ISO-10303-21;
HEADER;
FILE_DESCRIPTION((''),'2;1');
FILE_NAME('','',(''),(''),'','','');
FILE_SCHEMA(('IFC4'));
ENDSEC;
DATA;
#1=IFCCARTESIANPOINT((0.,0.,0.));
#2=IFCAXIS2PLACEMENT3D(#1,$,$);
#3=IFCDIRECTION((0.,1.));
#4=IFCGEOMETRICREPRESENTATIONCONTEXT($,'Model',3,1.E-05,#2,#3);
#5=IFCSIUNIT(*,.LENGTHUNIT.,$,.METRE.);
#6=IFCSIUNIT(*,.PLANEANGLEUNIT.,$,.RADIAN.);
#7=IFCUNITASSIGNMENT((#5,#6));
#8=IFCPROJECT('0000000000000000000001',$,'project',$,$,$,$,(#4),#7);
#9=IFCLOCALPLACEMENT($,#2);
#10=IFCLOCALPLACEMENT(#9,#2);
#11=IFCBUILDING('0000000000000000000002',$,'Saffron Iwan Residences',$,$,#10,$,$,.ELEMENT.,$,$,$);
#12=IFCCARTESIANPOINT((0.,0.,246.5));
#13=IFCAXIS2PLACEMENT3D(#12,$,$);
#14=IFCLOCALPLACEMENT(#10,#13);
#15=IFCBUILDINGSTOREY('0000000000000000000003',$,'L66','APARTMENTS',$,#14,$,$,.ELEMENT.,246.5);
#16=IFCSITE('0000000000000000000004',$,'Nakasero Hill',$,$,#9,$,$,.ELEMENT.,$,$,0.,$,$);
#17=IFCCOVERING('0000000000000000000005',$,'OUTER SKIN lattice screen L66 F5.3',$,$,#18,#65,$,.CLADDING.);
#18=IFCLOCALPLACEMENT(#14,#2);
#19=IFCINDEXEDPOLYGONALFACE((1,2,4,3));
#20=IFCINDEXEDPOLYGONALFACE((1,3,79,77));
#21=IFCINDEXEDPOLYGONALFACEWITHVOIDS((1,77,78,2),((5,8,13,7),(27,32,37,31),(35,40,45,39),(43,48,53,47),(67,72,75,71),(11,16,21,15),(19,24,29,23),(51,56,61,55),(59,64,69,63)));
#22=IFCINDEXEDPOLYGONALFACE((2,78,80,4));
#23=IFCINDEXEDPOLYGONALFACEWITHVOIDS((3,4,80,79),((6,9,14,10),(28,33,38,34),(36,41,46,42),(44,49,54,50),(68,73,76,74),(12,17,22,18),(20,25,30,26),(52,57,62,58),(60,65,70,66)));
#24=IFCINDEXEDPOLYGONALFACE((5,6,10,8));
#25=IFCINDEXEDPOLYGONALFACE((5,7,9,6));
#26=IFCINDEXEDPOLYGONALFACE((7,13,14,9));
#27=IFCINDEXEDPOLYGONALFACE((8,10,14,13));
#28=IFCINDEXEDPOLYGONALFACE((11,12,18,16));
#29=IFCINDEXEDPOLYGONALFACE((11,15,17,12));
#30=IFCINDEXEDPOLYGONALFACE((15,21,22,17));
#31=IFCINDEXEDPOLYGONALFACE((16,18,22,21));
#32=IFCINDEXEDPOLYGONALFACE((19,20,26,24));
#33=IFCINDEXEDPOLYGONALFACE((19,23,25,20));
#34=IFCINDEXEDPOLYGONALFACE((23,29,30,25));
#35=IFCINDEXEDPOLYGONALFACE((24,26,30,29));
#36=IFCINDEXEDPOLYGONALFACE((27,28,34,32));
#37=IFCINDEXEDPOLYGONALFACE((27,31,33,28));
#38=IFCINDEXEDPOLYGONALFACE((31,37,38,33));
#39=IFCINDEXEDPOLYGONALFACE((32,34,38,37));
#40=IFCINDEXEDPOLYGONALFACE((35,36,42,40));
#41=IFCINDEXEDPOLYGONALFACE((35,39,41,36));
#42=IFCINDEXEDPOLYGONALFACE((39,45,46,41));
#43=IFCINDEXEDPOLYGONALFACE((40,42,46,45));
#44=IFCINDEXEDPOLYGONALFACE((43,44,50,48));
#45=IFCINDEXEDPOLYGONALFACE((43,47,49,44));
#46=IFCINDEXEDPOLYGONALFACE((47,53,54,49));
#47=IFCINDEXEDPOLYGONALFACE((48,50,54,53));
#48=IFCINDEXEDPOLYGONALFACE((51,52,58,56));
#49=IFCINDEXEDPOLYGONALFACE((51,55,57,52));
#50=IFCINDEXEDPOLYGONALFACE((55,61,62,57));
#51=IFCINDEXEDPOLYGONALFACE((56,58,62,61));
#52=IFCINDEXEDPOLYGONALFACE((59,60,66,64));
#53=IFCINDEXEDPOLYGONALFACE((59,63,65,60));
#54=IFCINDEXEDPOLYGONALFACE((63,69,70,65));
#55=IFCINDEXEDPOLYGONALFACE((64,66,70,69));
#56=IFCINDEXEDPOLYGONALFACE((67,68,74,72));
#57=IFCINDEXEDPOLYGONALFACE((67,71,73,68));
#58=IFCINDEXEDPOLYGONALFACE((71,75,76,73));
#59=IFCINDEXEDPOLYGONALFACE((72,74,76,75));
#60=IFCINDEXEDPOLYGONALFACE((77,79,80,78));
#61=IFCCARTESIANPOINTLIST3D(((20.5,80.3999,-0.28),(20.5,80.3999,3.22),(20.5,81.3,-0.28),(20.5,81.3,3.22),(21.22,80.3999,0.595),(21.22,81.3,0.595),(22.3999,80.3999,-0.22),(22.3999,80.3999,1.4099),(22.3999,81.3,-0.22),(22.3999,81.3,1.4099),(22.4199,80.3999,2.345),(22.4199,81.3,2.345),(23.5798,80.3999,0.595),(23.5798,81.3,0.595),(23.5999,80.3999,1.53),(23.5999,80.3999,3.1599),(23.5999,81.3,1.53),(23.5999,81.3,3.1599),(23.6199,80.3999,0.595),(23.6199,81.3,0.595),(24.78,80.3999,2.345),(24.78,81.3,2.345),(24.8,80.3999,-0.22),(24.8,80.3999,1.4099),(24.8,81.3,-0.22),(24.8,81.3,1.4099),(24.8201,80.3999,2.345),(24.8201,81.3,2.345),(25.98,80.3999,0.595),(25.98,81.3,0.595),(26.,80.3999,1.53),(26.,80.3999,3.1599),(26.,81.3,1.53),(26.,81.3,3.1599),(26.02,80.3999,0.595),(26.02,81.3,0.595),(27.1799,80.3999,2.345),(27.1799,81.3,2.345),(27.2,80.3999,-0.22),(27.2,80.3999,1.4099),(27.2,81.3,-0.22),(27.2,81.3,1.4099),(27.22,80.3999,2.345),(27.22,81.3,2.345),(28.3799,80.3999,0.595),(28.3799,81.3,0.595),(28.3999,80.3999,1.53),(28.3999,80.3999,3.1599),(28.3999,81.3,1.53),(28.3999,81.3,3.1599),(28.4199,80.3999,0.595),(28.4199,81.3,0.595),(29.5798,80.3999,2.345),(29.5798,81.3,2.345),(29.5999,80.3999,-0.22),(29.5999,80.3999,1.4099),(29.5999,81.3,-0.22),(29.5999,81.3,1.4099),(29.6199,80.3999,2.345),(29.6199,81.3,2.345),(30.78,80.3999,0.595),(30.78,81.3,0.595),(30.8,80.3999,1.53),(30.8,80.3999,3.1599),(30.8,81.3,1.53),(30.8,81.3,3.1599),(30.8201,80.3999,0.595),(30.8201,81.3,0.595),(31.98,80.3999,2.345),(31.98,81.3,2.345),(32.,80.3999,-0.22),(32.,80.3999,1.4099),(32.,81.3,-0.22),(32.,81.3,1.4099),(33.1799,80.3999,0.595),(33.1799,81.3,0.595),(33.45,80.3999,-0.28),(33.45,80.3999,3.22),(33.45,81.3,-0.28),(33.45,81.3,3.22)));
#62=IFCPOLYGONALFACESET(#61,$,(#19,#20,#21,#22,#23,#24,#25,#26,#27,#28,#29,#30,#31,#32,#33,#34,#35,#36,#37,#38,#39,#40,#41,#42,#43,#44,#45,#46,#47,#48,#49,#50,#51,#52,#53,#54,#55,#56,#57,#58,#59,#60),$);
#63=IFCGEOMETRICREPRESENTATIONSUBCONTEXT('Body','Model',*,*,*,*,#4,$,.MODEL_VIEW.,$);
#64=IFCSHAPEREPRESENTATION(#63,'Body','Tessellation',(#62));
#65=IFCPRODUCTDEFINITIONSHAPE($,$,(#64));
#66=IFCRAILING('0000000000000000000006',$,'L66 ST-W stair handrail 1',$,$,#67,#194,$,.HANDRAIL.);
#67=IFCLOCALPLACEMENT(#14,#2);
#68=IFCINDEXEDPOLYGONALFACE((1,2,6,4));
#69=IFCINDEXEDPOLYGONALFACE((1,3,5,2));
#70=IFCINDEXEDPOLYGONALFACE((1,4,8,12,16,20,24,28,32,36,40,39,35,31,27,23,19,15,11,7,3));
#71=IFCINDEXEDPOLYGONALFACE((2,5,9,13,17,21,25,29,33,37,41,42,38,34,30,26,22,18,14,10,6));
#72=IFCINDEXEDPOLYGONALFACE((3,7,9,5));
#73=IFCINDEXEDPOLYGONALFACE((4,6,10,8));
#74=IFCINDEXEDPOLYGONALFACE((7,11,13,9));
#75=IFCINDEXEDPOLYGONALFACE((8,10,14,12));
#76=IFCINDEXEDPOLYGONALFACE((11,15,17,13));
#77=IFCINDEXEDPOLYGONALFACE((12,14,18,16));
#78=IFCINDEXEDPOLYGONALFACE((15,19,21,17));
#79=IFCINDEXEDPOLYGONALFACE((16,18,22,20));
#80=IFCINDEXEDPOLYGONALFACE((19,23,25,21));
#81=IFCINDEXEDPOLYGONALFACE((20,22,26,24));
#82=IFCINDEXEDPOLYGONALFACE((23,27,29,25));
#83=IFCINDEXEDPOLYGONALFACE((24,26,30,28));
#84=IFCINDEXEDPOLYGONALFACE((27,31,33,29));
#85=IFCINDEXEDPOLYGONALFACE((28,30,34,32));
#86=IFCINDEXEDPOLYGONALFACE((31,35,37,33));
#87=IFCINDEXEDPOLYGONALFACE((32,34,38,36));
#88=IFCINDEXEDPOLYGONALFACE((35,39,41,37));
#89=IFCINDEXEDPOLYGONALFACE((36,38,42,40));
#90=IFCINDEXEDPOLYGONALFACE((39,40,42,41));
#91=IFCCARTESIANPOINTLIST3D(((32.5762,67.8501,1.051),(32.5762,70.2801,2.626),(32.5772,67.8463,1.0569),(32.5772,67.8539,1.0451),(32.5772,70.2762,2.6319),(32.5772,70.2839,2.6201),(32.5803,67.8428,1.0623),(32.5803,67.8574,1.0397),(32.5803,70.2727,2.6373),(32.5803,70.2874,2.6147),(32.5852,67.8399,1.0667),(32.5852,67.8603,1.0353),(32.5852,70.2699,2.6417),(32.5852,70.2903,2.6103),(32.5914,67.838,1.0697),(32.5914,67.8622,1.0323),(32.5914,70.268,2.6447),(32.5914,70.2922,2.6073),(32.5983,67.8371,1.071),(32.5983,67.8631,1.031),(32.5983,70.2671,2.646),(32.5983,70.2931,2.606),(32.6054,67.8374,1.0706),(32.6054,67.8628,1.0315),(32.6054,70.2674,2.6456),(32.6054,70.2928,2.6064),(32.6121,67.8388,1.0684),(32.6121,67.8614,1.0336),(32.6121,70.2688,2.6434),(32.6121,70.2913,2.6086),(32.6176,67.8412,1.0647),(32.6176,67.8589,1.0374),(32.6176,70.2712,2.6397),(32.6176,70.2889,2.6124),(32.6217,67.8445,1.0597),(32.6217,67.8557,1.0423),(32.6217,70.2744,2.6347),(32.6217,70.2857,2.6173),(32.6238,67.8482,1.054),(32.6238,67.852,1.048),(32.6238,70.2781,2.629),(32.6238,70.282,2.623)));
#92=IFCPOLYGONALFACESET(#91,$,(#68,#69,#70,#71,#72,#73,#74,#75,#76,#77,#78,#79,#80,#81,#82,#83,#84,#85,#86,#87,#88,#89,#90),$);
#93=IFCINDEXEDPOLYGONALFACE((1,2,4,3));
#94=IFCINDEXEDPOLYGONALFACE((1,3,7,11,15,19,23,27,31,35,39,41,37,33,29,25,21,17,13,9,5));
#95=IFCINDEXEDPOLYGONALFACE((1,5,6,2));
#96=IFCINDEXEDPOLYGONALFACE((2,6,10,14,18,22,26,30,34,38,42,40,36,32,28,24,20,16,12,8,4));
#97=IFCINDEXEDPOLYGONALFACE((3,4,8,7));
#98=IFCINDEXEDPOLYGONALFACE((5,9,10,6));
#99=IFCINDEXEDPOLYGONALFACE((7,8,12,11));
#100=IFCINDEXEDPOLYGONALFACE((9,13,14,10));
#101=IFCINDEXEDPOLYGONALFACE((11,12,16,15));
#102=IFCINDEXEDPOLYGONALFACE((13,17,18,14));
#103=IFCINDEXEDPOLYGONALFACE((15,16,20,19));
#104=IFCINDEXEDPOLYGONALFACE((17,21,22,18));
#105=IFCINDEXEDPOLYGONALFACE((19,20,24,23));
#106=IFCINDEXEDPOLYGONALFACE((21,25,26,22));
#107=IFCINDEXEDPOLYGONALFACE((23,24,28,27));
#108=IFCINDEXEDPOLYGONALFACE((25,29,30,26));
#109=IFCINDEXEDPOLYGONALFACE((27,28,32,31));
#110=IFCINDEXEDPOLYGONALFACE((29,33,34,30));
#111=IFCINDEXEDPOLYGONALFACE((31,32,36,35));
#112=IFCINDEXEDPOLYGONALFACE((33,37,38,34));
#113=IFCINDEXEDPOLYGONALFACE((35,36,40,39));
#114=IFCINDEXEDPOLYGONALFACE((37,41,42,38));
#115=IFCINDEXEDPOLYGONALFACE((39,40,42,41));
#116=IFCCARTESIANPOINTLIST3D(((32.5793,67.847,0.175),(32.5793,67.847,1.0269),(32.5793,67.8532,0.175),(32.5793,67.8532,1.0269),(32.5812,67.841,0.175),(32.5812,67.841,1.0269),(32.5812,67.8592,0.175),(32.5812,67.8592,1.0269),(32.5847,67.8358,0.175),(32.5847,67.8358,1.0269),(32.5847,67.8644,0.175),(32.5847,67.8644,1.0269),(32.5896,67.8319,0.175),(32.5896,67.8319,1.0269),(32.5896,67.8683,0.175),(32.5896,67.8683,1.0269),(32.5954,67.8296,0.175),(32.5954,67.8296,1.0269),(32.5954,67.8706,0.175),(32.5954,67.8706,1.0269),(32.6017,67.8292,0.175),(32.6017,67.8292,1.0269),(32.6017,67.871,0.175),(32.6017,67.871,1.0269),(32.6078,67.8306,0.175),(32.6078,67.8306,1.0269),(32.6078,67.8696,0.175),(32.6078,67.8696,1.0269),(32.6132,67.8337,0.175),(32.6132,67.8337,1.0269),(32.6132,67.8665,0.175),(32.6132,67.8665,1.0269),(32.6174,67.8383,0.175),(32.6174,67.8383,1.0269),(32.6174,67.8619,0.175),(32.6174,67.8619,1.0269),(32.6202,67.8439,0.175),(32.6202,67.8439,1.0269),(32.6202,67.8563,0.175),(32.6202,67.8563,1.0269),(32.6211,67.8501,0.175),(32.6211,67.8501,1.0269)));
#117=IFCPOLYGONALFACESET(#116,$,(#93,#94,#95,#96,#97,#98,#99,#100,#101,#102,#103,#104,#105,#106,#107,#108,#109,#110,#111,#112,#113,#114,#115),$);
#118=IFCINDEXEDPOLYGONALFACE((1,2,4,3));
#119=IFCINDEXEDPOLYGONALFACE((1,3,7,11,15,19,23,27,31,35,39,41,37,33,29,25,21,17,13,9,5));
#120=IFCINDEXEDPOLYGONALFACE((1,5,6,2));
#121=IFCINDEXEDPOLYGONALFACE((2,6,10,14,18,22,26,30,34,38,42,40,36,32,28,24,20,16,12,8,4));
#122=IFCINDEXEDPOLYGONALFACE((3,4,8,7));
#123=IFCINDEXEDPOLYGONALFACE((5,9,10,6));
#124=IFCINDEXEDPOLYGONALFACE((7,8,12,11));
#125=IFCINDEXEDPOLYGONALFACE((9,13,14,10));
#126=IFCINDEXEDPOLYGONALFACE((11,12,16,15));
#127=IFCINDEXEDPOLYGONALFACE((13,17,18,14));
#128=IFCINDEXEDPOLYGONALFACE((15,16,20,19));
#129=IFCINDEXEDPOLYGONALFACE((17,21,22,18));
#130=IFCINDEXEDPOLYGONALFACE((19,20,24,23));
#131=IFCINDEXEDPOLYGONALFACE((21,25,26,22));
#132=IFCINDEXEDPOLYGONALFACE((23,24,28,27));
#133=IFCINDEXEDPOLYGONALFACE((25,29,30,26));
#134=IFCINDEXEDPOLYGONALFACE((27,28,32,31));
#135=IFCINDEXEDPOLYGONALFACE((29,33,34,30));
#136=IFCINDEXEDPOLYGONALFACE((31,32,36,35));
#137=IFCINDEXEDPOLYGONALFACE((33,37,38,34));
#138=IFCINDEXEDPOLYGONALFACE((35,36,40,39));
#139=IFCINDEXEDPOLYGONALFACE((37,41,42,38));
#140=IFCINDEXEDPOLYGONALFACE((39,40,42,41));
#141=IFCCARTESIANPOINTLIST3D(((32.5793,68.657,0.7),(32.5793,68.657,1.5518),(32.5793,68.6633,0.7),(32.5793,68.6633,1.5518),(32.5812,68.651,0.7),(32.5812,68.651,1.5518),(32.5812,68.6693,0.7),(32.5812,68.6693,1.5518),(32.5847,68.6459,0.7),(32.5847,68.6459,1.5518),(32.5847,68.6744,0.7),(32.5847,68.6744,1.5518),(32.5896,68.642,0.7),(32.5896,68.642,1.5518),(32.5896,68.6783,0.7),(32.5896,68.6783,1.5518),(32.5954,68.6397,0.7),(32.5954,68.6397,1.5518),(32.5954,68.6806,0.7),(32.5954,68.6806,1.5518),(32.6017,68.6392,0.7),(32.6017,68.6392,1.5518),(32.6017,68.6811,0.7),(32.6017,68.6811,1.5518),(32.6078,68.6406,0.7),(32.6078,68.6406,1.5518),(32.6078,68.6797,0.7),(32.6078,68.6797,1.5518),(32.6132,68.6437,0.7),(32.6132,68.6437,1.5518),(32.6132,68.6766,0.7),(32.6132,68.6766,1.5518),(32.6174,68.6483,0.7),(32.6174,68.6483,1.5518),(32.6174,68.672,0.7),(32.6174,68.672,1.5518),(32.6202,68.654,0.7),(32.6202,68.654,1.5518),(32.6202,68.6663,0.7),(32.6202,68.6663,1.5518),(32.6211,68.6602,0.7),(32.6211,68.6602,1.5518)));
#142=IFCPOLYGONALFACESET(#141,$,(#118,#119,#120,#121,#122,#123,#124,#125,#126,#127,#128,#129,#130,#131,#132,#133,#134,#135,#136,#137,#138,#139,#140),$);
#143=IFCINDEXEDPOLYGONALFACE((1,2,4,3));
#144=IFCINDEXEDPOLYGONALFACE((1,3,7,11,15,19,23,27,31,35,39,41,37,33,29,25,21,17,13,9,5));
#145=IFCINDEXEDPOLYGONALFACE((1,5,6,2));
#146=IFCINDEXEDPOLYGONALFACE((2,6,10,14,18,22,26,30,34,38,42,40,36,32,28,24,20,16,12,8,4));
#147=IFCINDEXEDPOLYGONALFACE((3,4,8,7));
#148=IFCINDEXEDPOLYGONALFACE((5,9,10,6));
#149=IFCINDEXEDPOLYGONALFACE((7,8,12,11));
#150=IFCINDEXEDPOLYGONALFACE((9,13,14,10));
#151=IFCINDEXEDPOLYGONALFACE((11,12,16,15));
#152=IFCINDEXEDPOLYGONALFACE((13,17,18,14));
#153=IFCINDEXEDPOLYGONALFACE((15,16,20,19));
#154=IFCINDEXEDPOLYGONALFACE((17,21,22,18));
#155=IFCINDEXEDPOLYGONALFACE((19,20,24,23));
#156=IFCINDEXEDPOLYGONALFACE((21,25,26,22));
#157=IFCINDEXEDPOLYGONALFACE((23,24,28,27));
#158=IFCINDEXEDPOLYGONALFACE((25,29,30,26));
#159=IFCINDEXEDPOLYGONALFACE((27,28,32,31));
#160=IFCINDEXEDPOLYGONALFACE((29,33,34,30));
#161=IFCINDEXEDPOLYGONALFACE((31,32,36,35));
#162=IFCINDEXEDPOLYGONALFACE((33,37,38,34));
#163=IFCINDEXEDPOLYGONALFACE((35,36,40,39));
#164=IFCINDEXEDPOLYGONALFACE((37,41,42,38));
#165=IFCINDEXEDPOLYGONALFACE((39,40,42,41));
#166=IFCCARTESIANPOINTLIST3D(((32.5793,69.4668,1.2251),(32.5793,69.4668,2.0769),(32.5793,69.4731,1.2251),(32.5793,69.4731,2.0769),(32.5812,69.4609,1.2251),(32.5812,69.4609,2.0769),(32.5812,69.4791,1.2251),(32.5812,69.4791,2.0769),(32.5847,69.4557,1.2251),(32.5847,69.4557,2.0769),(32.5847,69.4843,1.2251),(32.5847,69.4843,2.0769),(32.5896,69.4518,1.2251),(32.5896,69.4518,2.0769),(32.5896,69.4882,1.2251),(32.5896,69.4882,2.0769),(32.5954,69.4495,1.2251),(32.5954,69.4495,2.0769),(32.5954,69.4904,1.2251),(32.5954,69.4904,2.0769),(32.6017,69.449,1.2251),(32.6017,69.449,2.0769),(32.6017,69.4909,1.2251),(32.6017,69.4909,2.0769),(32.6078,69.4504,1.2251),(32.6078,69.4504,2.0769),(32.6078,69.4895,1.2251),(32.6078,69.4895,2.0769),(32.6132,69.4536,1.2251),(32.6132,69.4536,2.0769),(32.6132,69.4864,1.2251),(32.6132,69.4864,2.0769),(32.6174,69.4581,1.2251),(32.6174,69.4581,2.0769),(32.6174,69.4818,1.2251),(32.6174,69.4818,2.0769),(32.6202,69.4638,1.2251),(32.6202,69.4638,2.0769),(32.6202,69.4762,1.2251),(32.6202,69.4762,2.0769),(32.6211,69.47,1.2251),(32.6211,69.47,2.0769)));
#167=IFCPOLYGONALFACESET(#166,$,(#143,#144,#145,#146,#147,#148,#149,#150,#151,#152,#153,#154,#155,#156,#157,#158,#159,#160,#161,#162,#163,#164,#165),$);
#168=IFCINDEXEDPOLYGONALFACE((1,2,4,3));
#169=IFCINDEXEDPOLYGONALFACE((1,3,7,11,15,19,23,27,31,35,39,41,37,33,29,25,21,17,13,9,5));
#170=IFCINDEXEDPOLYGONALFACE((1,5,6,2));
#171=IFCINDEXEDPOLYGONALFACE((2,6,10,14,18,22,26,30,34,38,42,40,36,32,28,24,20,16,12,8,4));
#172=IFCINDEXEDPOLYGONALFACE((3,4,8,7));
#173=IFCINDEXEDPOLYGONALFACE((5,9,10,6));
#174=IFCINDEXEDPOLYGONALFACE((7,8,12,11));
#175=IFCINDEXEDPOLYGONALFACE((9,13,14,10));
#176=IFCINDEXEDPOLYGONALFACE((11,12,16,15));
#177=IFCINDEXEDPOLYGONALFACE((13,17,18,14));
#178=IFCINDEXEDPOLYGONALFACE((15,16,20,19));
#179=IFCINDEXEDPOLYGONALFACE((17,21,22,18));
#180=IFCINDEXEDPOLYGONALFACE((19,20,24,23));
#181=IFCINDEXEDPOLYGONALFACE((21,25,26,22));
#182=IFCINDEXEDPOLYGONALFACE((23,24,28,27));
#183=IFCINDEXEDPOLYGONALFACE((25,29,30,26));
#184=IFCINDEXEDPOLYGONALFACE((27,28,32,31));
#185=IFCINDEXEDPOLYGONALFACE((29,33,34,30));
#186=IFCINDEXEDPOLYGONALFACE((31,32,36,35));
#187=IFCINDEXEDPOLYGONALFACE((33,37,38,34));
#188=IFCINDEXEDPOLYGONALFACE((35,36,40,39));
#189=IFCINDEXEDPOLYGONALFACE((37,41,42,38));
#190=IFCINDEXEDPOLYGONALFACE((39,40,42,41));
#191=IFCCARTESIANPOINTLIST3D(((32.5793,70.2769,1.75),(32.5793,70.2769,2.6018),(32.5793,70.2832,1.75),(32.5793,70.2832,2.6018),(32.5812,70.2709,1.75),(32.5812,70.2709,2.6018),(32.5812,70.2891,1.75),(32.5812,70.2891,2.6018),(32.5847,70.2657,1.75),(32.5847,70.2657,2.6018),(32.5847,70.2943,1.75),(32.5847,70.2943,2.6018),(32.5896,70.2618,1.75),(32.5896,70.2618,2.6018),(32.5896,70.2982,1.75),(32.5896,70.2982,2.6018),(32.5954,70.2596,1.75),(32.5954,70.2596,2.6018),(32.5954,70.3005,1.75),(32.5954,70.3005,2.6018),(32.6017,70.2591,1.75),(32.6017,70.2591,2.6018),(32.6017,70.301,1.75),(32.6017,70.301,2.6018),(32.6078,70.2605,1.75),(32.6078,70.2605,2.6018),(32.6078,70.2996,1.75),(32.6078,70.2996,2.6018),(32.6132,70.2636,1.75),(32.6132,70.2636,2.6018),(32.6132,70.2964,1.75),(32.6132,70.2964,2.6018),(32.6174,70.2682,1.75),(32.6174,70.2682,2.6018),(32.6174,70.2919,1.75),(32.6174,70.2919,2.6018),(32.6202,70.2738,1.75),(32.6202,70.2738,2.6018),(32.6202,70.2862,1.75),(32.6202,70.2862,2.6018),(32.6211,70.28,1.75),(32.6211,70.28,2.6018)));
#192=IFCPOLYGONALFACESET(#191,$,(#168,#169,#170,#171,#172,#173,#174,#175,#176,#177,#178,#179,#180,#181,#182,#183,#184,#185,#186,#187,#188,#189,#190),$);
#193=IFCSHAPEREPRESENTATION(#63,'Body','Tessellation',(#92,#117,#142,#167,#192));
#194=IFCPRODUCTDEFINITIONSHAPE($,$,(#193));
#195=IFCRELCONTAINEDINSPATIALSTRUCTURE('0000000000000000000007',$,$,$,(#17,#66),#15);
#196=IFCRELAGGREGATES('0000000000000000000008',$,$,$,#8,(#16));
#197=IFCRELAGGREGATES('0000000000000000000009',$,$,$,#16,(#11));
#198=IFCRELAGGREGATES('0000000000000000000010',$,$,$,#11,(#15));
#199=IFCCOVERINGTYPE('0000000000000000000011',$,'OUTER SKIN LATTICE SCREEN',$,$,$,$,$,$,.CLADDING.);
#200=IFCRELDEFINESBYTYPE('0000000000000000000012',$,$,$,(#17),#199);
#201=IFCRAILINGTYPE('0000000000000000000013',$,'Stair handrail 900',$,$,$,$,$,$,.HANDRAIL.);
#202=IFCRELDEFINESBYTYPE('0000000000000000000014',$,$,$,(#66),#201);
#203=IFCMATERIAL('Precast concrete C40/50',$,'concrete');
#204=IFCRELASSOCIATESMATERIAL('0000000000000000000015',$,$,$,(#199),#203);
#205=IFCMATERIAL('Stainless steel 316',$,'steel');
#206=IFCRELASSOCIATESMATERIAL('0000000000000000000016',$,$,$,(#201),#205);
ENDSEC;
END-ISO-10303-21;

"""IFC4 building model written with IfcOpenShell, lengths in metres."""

from ifc_helpers import new_model, si_unit, direction, frame, origin, origin_2d, place, context, subcontext, project, spatial, polyline, circle, outline, extrude, material, type_object, element, save


model = new_model("IFC4")

# Units and contexts
model_context = context("Model", 3, precision=1e-05, world=origin(), true_north=direction((0.0, 1.0)))
body_context = subcontext(model_context, "Body", "Model", "MODEL_VIEW")
ifc_project = project(units=[si_unit("LENGTHUNIT", "METRE"), si_unit("PLANEANGLEUNIT", "RADIAN")], contexts=[model_context])

# Site, building, storey
site_placement = place(None, origin())
site = spatial("IfcSite", under=ifc_project, at=site_placement, Name="Nakasero Hill", CompositionType="ELEMENT", RefElevation=0.0)
building_placement = place(site_placement, origin())
building = spatial("IfcBuilding", under=site, at=building_placement, Name="Saffron Iwan Residences", CompositionType="ELEMENT")
storey_placement = place(building_placement, frame((0.0, 0.0, 246.5)))
storey = spatial("IfcBuildingStorey", under=building, at=storey_placement, Name="L66", Description="APARTMENTS", CompositionType="ELEMENT", Elevation=246.5)

# Covering
ifc_material_1 = material(Name="Precast concrete C40/50", Category="concrete")
covering_type = type_object("IfcCoveringType", Name="OUTER SKIN LATTICE SCREEN", PredefinedType="CLADDING", material=ifc_material_1)
covering_placement = place(storey_placement, frame((33.45, 80.3999, -0.28), z_axis=(0.0, 1.0, 0.0), x_axis=(-1.0, 0.0, 0.0)))
element("IfcCovering", 1, at=covering_placement, inside=storey, type_object=covering_type, Name="OUTER SKIN lattice screen L66 F5.3", PredefinedType="CLADDING", context=body_context, shape_type="SweptSolid", body=[
    extrude(outline(polyline([(0.0, 0.0), (12.95, 0.0), (12.95, 3.5), (0.0, 3.5), (0.0, 0.0)]), holes=[polyline([(0.27, 0.875), (1.45, 0.0601), (2.6299, 0.875), (1.45, 1.6899), (0.27, 0.875)]), polyline([(2.6699, 0.875), (3.8501, 0.0601), (5.03, 0.875), (3.8501, 1.6899), (2.6699, 0.875)]), polyline([(5.0701, 0.875), (6.25, 0.0601), (7.4299, 0.875), (6.25, 1.6899), (5.0701, 0.875)]), polyline([(7.47, 0.875), (8.6499, 0.0601), (9.8301, 0.875), (8.6499, 1.6899), (7.47, 0.875)]), polyline([(9.8701, 0.875), (11.05, 0.0601), (12.23, 0.875), (11.05, 1.6899), (9.8701, 0.875)]), polyline([(1.47, 2.625), (2.6499, 1.8101), (3.8301, 2.625), (2.6499, 3.4399), (1.47, 2.625)]), polyline([(3.8701, 2.625), (5.05, 1.8101), (6.23, 2.625), (5.05, 3.4399), (3.8701, 2.625)]), polyline([(6.27, 2.625), (7.45, 1.8101), (8.6299, 2.625), (7.45, 3.4399), (6.27, 2.625)]), polyline([(8.6699, 2.625), (9.8501, 1.8101), (11.03, 2.625), (9.8501, 3.4399), (8.6699, 2.625)])]), origin(), (0.0, 0.0, 1.0), 0.9001),
])

# Railing
ifc_material_2 = material(Name="Stainless steel 316", Category="steel")
railing_type_1 = type_object("IfcRailingType", Name="Stair handrail 900", PredefinedType="HANDRAIL", material=ifc_material_2)
railing_1_placement = place(storey_placement, frame((32.6001, 67.8501, 0.175)))
element("IfcRailing", 2, at=railing_1_placement, inside=storey, type_object=railing_type_1, Name="L66 ST-W stair handrail 1", PredefinedType="HANDRAIL", context=body_context, shape_type="SweptSolid", body=[
    extrude(circle(Radius=0.0239, at=origin_2d()), frame((0.0, 0.0, 0.876), z_axis=(0.0, 0.839154, 0.543894), x_axis=(-1.0, 0.0, 0.0)), (0.0, 0.0, 1.0), 2.8958),
    extrude(circle(Radius=0.021, at=origin_2d()), origin(), (0.0, 0.0, 1.0), 0.8518),
    extrude(circle(Radius=0.021, at=origin_2d()), frame((0.0, 0.8101, 0.5249)), (0.0, 0.0, 1.0), 0.8518),
    extrude(circle(Radius=0.021, at=origin_2d()), frame((0.0, 1.6199, 1.05)), (0.0, 0.0, 1.0), 0.8518),
    extrude(circle(Radius=0.021, at=origin_2d()), frame((0.0, 2.4299, 1.575)), (0.0, 0.0, 1.0), 0.8518),
])

save(model, "model.ifc")
